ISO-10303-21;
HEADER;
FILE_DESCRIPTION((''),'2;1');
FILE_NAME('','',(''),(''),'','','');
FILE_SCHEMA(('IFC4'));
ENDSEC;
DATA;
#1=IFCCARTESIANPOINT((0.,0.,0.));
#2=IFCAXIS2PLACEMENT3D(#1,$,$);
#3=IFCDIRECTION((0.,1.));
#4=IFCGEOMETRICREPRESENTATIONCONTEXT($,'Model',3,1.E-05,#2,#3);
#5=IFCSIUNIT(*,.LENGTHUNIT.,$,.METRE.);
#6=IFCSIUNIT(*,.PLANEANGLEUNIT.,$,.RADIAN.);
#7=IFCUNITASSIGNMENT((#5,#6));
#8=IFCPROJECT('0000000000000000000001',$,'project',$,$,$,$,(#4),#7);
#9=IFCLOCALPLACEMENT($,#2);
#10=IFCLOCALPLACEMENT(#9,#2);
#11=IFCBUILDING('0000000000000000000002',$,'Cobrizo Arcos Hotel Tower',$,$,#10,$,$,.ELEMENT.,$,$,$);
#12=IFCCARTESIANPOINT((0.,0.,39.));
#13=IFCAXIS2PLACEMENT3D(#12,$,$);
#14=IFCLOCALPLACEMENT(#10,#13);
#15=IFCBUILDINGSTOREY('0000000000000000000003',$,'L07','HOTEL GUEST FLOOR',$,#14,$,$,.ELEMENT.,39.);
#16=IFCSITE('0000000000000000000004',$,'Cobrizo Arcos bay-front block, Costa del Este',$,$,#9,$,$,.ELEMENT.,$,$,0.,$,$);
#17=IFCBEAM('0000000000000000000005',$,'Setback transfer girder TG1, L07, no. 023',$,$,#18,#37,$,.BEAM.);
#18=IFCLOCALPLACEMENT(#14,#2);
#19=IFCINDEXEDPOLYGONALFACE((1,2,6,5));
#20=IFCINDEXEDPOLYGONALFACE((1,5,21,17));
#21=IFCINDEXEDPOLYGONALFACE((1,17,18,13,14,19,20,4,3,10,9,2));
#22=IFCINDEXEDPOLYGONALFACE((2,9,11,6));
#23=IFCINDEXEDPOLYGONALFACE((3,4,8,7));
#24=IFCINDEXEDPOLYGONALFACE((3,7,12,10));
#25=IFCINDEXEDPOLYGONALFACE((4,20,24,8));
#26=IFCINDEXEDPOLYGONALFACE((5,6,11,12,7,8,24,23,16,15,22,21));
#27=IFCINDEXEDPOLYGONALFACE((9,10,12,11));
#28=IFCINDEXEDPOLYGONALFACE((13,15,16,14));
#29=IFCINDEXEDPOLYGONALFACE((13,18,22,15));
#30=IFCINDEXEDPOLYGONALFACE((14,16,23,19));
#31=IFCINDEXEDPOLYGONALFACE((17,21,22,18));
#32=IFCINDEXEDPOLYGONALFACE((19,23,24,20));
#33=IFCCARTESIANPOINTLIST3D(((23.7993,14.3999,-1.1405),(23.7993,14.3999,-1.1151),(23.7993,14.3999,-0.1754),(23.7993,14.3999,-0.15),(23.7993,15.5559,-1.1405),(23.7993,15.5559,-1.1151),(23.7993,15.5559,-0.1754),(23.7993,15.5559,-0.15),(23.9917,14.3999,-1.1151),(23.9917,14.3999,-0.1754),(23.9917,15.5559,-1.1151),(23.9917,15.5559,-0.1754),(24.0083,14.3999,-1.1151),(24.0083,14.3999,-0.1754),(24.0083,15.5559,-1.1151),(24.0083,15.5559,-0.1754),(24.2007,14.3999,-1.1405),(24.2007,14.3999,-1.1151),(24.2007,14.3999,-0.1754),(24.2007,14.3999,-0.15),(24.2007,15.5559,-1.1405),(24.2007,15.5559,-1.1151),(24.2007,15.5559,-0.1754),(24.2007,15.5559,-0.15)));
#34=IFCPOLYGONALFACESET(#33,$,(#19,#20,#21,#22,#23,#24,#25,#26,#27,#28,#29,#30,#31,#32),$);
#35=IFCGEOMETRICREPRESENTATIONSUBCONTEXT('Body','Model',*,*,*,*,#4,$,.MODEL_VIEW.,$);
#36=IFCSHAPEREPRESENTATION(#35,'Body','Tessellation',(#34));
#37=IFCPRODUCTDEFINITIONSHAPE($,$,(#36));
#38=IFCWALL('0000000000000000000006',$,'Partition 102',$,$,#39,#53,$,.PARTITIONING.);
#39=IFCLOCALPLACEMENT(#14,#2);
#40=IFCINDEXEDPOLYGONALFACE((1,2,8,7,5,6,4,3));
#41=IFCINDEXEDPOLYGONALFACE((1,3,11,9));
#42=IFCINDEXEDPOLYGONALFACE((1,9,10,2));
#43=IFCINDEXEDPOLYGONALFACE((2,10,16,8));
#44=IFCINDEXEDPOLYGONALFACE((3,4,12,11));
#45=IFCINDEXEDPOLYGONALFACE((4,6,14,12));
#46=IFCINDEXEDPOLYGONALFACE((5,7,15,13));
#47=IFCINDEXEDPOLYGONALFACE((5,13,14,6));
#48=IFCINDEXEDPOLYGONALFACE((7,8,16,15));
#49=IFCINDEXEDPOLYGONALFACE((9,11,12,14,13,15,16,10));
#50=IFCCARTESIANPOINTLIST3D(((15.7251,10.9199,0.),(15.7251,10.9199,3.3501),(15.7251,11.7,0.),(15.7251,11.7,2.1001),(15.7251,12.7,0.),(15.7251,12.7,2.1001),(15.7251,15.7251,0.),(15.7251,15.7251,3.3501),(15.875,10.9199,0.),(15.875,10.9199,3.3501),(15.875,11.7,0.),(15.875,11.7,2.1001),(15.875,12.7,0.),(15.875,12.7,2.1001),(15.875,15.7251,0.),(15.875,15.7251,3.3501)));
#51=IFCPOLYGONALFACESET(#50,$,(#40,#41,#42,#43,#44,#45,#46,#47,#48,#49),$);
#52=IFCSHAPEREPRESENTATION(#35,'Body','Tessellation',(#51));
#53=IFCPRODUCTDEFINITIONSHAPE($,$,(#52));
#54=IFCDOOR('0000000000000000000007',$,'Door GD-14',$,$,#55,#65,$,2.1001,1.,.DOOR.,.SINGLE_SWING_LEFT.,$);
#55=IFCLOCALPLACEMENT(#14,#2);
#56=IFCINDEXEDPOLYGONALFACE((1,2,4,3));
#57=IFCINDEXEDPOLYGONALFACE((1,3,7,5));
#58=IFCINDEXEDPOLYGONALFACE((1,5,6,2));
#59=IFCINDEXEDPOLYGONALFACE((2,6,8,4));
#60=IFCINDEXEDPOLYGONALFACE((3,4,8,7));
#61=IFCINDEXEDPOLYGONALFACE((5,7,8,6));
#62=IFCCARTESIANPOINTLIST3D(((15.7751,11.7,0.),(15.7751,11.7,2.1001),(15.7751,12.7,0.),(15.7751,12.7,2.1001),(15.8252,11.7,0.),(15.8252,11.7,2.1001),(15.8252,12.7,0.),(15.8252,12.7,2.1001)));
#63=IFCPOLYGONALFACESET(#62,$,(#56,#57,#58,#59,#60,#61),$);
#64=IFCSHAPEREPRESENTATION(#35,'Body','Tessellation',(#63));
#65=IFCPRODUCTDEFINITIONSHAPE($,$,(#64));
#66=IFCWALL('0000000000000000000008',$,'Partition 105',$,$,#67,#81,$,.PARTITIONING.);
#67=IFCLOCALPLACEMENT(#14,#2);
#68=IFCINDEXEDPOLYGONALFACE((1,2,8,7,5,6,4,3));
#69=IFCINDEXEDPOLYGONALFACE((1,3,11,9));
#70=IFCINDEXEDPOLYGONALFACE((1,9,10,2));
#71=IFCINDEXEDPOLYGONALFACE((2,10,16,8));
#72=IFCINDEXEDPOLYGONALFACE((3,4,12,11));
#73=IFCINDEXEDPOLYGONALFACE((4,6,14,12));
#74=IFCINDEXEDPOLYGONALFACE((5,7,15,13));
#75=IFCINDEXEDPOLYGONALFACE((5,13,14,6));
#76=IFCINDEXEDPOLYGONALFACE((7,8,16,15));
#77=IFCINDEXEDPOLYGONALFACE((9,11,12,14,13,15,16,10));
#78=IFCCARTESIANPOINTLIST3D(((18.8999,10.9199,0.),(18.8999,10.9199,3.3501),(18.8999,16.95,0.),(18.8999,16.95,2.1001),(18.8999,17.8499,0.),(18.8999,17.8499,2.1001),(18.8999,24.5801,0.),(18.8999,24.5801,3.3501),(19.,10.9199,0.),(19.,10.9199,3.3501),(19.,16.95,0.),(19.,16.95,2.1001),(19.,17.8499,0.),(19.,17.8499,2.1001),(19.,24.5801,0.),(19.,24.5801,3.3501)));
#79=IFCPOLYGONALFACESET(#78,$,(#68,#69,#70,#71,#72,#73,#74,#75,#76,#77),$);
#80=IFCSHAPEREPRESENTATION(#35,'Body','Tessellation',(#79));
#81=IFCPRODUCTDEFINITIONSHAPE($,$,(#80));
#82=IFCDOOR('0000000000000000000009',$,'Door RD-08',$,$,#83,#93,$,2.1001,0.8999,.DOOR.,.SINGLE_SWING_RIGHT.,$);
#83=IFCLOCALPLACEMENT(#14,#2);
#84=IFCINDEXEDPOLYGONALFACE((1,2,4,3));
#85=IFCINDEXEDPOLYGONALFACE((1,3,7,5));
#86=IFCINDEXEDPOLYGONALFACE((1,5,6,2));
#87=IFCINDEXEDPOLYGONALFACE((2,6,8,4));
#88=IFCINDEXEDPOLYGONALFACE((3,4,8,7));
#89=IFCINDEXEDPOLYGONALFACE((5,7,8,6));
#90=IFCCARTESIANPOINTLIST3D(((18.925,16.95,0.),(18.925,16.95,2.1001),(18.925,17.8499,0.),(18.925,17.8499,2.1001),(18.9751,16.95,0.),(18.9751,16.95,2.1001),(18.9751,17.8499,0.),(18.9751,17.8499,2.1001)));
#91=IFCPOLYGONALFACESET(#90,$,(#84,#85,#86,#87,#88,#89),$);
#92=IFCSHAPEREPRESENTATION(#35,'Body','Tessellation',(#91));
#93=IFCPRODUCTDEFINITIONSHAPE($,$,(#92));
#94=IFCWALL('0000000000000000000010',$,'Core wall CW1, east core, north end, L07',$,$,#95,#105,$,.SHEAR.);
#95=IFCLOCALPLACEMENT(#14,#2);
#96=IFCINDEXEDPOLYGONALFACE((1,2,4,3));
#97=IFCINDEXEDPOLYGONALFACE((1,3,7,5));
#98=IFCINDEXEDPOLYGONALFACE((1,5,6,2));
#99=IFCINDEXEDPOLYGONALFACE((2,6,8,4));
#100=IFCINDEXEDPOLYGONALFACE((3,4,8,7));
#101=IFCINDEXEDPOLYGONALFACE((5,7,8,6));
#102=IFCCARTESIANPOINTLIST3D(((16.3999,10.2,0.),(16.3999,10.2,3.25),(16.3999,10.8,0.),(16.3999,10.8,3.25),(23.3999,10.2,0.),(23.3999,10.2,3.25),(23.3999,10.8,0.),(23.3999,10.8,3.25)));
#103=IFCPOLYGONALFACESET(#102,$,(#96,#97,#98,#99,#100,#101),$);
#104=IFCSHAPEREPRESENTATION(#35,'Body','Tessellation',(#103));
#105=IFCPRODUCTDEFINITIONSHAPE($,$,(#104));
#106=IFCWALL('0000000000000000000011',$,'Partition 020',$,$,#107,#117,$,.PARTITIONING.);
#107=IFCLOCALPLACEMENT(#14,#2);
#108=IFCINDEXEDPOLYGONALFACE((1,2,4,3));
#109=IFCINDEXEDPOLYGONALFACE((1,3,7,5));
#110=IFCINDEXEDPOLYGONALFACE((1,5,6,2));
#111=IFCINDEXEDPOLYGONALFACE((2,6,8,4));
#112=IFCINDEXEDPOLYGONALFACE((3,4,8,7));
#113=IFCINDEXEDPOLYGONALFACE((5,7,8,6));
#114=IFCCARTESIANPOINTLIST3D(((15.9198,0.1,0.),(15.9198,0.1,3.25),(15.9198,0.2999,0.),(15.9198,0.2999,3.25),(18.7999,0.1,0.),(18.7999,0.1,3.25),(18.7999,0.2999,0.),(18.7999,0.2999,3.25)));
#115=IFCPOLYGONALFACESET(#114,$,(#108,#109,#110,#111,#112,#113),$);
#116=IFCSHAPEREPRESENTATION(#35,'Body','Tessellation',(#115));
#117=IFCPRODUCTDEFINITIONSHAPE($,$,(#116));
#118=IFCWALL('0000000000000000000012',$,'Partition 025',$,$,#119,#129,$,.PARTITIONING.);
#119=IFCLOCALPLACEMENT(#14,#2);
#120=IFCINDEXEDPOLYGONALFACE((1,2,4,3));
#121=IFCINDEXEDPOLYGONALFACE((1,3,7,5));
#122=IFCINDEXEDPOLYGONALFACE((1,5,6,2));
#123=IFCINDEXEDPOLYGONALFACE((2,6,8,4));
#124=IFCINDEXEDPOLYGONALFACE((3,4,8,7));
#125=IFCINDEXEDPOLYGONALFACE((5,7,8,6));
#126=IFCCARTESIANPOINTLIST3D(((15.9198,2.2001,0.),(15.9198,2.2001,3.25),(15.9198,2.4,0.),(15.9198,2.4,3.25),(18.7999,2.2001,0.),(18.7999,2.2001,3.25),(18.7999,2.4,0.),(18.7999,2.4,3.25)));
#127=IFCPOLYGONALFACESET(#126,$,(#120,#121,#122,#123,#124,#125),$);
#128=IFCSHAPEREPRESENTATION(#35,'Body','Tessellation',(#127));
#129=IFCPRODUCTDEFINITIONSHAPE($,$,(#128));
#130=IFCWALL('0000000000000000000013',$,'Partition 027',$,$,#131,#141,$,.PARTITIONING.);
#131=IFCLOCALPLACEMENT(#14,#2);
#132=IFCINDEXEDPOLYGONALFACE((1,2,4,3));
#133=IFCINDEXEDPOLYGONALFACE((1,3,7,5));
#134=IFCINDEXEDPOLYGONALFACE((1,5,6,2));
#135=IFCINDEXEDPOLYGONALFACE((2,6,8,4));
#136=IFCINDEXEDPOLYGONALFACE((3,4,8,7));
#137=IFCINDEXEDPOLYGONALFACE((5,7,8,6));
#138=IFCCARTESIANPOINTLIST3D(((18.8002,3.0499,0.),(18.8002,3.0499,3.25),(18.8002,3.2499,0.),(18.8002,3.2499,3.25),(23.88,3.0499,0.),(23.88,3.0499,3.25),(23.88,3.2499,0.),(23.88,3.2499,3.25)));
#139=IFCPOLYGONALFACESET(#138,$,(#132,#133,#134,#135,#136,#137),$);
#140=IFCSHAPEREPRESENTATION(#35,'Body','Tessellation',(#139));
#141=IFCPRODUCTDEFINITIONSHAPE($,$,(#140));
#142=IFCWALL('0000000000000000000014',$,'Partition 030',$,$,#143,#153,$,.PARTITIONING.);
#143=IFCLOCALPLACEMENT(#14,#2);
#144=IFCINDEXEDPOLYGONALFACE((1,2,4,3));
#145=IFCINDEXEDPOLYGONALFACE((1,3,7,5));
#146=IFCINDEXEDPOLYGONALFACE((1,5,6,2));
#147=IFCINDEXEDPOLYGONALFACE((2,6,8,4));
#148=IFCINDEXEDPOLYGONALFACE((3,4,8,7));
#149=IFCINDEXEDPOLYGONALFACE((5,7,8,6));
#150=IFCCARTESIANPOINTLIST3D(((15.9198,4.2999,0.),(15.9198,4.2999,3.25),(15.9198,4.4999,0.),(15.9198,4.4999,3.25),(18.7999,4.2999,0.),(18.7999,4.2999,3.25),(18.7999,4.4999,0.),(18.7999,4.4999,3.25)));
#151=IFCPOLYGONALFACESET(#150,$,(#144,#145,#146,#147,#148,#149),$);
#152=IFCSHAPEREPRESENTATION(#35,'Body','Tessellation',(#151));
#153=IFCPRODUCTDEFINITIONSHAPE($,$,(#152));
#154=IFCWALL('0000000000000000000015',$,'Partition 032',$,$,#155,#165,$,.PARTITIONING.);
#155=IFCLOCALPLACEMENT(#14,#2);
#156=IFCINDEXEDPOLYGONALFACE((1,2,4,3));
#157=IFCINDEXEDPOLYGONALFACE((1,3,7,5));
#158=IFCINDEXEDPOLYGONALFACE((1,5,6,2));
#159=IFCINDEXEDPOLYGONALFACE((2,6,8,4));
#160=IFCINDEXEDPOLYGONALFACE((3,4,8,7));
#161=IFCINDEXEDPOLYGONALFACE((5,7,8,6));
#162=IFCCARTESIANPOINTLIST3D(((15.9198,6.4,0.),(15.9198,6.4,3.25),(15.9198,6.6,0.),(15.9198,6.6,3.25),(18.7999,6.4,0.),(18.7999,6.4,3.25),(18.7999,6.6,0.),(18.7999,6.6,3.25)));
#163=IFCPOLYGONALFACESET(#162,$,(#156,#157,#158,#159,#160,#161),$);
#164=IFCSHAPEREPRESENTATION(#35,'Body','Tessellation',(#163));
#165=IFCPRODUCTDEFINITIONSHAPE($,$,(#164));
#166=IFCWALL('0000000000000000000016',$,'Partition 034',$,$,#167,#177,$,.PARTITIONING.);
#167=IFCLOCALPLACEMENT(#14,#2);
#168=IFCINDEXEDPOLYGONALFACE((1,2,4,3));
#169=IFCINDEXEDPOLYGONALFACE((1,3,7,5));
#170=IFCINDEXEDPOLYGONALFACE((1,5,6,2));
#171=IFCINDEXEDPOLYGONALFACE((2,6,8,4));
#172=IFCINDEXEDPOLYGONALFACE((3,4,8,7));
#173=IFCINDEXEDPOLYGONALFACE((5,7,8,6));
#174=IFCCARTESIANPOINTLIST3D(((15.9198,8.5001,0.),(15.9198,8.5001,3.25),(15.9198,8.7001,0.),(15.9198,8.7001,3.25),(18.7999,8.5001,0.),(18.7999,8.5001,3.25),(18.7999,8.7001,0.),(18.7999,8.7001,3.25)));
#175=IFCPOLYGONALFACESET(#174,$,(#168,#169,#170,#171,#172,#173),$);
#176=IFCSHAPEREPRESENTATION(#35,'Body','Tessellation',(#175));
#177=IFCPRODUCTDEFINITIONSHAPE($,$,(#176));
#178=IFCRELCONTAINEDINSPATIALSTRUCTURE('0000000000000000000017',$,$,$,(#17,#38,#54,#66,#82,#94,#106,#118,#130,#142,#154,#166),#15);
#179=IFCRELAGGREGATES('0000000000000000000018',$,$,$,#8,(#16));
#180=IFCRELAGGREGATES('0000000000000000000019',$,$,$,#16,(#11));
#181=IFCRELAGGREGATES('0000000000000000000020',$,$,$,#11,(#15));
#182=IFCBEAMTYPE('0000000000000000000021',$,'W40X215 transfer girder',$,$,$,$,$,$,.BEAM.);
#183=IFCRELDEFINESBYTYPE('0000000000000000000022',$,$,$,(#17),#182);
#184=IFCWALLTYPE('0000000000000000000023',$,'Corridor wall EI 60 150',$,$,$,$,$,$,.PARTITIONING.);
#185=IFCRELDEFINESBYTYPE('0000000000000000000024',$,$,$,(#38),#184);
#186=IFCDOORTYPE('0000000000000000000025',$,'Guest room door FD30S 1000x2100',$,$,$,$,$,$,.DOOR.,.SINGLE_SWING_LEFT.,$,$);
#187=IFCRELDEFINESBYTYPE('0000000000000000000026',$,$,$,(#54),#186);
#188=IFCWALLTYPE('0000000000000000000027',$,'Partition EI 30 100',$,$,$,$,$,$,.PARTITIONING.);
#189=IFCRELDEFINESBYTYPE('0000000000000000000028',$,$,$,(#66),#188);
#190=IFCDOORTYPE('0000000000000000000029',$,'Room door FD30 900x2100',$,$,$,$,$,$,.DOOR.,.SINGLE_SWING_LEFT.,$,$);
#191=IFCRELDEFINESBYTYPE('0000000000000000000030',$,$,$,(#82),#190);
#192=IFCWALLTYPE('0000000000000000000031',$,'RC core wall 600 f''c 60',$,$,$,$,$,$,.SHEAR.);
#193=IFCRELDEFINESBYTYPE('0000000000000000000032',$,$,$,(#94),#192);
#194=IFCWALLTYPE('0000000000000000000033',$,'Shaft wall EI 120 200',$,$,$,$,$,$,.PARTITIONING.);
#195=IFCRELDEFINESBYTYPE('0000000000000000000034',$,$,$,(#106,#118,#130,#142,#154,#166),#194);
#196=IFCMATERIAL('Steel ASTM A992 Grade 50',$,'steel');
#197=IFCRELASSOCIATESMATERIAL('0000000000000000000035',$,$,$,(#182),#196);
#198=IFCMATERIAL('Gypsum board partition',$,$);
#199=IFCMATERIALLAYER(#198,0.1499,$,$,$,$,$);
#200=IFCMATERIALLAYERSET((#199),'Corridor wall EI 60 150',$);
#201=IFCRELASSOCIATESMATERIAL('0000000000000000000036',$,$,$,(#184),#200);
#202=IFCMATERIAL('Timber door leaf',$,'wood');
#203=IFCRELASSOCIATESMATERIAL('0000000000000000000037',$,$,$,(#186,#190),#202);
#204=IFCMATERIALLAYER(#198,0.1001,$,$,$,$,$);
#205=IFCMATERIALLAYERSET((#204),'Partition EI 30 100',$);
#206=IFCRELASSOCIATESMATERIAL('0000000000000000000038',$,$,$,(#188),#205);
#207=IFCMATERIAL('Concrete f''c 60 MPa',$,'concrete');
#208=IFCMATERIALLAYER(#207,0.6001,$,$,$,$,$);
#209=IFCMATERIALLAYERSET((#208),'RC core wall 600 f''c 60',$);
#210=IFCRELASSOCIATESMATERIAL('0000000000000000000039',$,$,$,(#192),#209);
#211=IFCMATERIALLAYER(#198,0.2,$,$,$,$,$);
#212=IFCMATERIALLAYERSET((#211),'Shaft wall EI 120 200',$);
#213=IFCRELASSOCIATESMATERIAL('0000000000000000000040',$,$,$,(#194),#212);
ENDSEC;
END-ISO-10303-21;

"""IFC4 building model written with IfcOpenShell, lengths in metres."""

from ifc_helpers import new_model, si_unit, direction, frame, frame_2d, origin, origin_2d, place, context, subcontext, project, spatial, rectangle, i_section, extrude, material, layer, layer_set, material_profile, profile_set, type_object, element, fill, save


model = new_model("IFC4")

# Units and contexts
model_context = context("Model", 3, precision=1e-05, world=origin(), true_north=direction((0.0, 1.0)))
body_context = subcontext(model_context, "Body", "Model", "MODEL_VIEW")
ifc_project = project(units=[si_unit("LENGTHUNIT", "METRE"), si_unit("PLANEANGLEUNIT", "RADIAN")], contexts=[model_context])

# Site, building, storey
site_placement = place(None, origin())
site = spatial("IfcSite", under=ifc_project, at=site_placement, Name="Cobrizo Arcos bay-front block, Costa del Este", CompositionType="ELEMENT", RefElevation=0.0)
building_placement = place(site_placement, origin())
building = spatial("IfcBuilding", under=site, at=building_placement, Name="Cobrizo Arcos Hotel Tower", CompositionType="ELEMENT")
storey_placement = place(building_placement, frame((0.0, 0.0, 39.0)))
storey = spatial("IfcBuildingStorey", under=building, at=storey_placement, Name="L07", Description="HOTEL GUEST FLOOR", CompositionType="ELEMENT", Elevation=39.0)

# Beam
ifc_material_1 = material(Name="Steel ASTM A992 Grade 50", Category="steel")
ifc_material_profile_1 = material_profile(ifc_material_1, i_section(OverallWidth=0.4014, OverallDepth=0.9905, WebThickness=0.0166, FlangeThickness=0.0254, at=origin_2d()), Name="W40X215")
ifc_profile_set_1 = profile_set([ifc_material_profile_1], Name="Steel ASTM A992 Grade 50")
beam_type_1 = type_object("IfcBeamType", Name="W40X215 transfer girder", PredefinedType="BEAM", material=ifc_profile_set_1)
beam_1_placement = place(storey_placement, frame((24.0, 14.3999, -0.6453), z_axis=(0.0, 1.0, 0.0), x_axis=(-1.0, 0.0, 0.0)))
element("IfcBeam", 1, at=beam_1_placement, inside=storey, type_object=beam_type_1, Name="Setback transfer girder TG1, L07, no. 023", PredefinedType="BEAM", context=body_context, shape_type="SweptSolid", body=[
    extrude(i_section(OverallWidth=0.4014, OverallDepth=0.9905, WebThickness=0.0166, FlangeThickness=0.0254, at=origin_2d()), origin(), (0.0, 0.0, 1.0), 1.156),
])

# Walls, openings, doors
ifc_material_2 = material(Name="Gypsum board partition")
ifc_layer_1 = layer(ifc_material_2, 0.1499)
ifc_layer_set_1 = layer_set([ifc_layer_1], Name="Corridor wall EI 60 150")
wall_type_1 = type_object("IfcWallType", Name="Corridor wall EI 60 150", PredefinedType="PARTITIONING", material=ifc_layer_set_1)
wall_1_placement = place(storey_placement, frame((15.8, 10.9199, 0.0), z_axis=(0.0, 0.0, 1.0), x_axis=(0.0, 1.0, 0.0)))
wall_1 = element("IfcWall", 2, at=wall_1_placement, inside=storey, type_object=wall_type_1, Name="Partition 102", PredefinedType="PARTITIONING", context=body_context, shape_type="SweptSolid", body=[
    extrude(rectangle(XDim=4.8052, YDim=0.1499, at=frame_2d((2.4026, 0.0))), origin(), (0.0, 0.0, 1.0), 3.3501),
])
opening_1_placement = place(wall_1_placement, frame((0.78, 0.0, 0.0)))
opening_1 = element("IfcOpeningElement", 3, at=opening_1_placement, cuts=wall_1, PredefinedType="OPENING", context=body_context, shape_type="SweptSolid", body=[
    extrude(rectangle(XDim=1.0, YDim=2.1001, at=frame_2d((0.5, 1.05))), frame((0.0, 0.0869, 0.0), z_axis=(0.0, -1.0, 0.0), x_axis=(1.0, 0.0, 0.0)), (0.0, 0.0, 1.0), 0.1738),
])
ifc_material_3 = material(Name="Timber door leaf", Category="wood")
door_type_1 = type_object("IfcDoorType", Name="Guest room door FD30S 1000x2100", OperationType="SINGLE_SWING_LEFT", PredefinedType="DOOR", material=ifc_material_3)
door_1_placement = place(opening_1_placement, origin())
door_1 = element("IfcDoor", 4, at=door_1_placement, inside=storey, type_object=door_type_1, Name="Door GD-14", OperationType="SINGLE_SWING_LEFT", OverallHeight=2.1001, OverallWidth=1.0, PredefinedType="DOOR", context=body_context, shape_type="SweptSolid", body=[
    extrude(rectangle(XDim=1.0, YDim=2.1001, at=frame_2d((0.5, 1.05))), frame((0.0, 0.0249, 0.0), z_axis=(0.0, -1.0, 0.0), x_axis=(1.0, 0.0, 0.0)), (0.0, 0.0, 1.0), 0.05),
])
fill(opening_1, door_1)
ifc_layer_2 = layer(ifc_material_2, 0.1001)
ifc_layer_set_2 = layer_set([ifc_layer_2], Name="Partition EI 30 100")
wall_type_2 = type_object("IfcWallType", Name="Partition EI 30 100", PredefinedType="PARTITIONING", material=ifc_layer_set_2)
wall_2_placement = place(storey_placement, frame((18.95, 10.9199, 0.0), z_axis=(0.0, 0.0, 1.0), x_axis=(0.0, 1.0, 0.0)))
wall_2 = element("IfcWall", 5, at=wall_2_placement, inside=storey, type_object=wall_type_2, Name="Partition 105", PredefinedType="PARTITIONING", context=body_context, shape_type="SweptSolid", body=[
    extrude(rectangle(XDim=13.6602, YDim=0.1001, at=frame_2d((6.8301, 0.0))), origin(), (0.0, 0.0, 1.0), 3.3501),
])
opening_2_placement = place(wall_2_placement, frame((6.03, 0.0, 0.0)))
opening_2 = element("IfcOpeningElement", 6, at=opening_2_placement, cuts=wall_2, PredefinedType="OPENING", context=body_context, shape_type="SweptSolid", body=[
    extrude(rectangle(XDim=0.8999, YDim=2.1001, at=frame_2d((0.45, 1.05))), frame((0.0, 0.062, 0.0), z_axis=(0.0, -1.0, 0.0), x_axis=(1.0, 0.0, 0.0)), (0.0, 0.0, 1.0), 0.124),
])
door_type_2 = type_object("IfcDoorType", Name="Room door FD30 900x2100", OperationType="SINGLE_SWING_LEFT", PredefinedType="DOOR", material=ifc_material_3)
door_2_placement = place(opening_2_placement, origin())
door_2 = element("IfcDoor", 7, at=door_2_placement, inside=storey, type_object=door_type_2, Name="Door RD-08", OperationType="SINGLE_SWING_RIGHT", OverallHeight=2.1001, OverallWidth=0.8999, PredefinedType="DOOR", context=body_context, shape_type="SweptSolid", body=[
    extrude(rectangle(XDim=0.8999, YDim=2.1001, at=frame_2d((0.45, 1.05))), frame((0.0, 0.0249, 0.0), z_axis=(0.0, -1.0, 0.0), x_axis=(1.0, 0.0, 0.0)), (0.0, 0.0, 1.0), 0.05),
])
fill(opening_2, door_2)

# Walls
ifc_material_4 = material(Name="Concrete f'c 60 MPa", Category="concrete")
ifc_layer_3 = layer(ifc_material_4, 0.6001)
ifc_layer_set_3 = layer_set([ifc_layer_3], Name="RC core wall 600 f'c 60")
wall_type_3 = type_object("IfcWallType", Name="RC core wall 600 f'c 60", PredefinedType="SHEAR", material=ifc_layer_set_3)
wall_3_placement = place(storey_placement, frame((16.3999, 10.5, 0.0), z_axis=(0.0, 0.0, 1.0), x_axis=(1.0, 0.0, 0.0)))
element("IfcWall", 8, at=wall_3_placement, inside=storey, type_object=wall_type_3, Name="Core wall CW1, east core, north end, L07", PredefinedType="SHEAR", context=body_context, shape_type="SweptSolid", body=[
    extrude(rectangle(XDim=7.0, YDim=0.6001, at=frame_2d((3.5, 0.0))), origin(), (0.0, 0.0, 1.0), 3.25),
])
ifc_layer_4 = layer(ifc_material_2, 0.2)
ifc_layer_set_4 = layer_set([ifc_layer_4], Name="Shaft wall EI 120 200")
wall_type_4 = type_object("IfcWallType", Name="Shaft wall EI 120 200", PredefinedType="PARTITIONING", material=ifc_layer_set_4)
for number, where, z_axis, x_axis, name in (
    (9, (15.9199, 0.2, 0.0), (0.0, 0.0, 1.0), (1.0, 0.0, 0.0), "Partition 020"),
    (10, (15.9199, 2.3, 0.0), (0.0, 0.0, 1.0), (1.0, 0.0, 0.0), "Partition 025"),
):
    element("IfcWall", number, at=place(storey_placement, frame(where, z_axis=z_axis, x_axis=x_axis)), inside=storey, type_object=wall_type_4, Name=name, PredefinedType="PARTITIONING", context=body_context, shape_type="SweptSolid", body=[
        extrude(rectangle(XDim=2.8801, YDim=0.2, at=frame_2d((1.4399, 0.0))), origin(), (0.0, 0.0, 1.0), 3.25),
    ])
wall_4_placement = place(storey_placement, frame((18.8, 3.1499, 0.0), z_axis=(0.0, 0.0, 1.0), x_axis=(1.0, 0.0, 0.0)))
element("IfcWall", 11, at=wall_4_placement, inside=storey, type_object=wall_type_4, Name="Partition 027", PredefinedType="PARTITIONING", context=body_context, shape_type="SweptSolid", body=[
    extrude(rectangle(XDim=5.0798, YDim=0.2, at=frame_2d((2.54, 0.0))), origin(), (0.0, 0.0, 1.0), 3.25),
])
for number, where, z_axis, x_axis, name in (
    (12, (15.9199, 4.3999, 0.0), (0.0, 0.0, 1.0), (1.0, 0.0, 0.0), "Partition 030"),
    (13, (15.9199, 6.5, 0.0), (0.0, 0.0, 1.0), (1.0, 0.0, 0.0), "Partition 032"),
    (14, (15.9199, 8.6001, 0.0), (0.0, 0.0, 1.0), (1.0, 0.0, 0.0), "Partition 034"),
):
    element("IfcWall", number, at=place(storey_placement, frame(where, z_axis=z_axis, x_axis=x_axis)), inside=storey, type_object=wall_type_4, Name=name, PredefinedType="PARTITIONING", context=body_context, shape_type="SweptSolid", body=[
        extrude(rectangle(XDim=2.8801, YDim=0.2, at=frame_2d((1.4399, 0.0))), origin(), (0.0, 0.0, 1.0), 3.25),
    ])

save(model, "model.ifc")
